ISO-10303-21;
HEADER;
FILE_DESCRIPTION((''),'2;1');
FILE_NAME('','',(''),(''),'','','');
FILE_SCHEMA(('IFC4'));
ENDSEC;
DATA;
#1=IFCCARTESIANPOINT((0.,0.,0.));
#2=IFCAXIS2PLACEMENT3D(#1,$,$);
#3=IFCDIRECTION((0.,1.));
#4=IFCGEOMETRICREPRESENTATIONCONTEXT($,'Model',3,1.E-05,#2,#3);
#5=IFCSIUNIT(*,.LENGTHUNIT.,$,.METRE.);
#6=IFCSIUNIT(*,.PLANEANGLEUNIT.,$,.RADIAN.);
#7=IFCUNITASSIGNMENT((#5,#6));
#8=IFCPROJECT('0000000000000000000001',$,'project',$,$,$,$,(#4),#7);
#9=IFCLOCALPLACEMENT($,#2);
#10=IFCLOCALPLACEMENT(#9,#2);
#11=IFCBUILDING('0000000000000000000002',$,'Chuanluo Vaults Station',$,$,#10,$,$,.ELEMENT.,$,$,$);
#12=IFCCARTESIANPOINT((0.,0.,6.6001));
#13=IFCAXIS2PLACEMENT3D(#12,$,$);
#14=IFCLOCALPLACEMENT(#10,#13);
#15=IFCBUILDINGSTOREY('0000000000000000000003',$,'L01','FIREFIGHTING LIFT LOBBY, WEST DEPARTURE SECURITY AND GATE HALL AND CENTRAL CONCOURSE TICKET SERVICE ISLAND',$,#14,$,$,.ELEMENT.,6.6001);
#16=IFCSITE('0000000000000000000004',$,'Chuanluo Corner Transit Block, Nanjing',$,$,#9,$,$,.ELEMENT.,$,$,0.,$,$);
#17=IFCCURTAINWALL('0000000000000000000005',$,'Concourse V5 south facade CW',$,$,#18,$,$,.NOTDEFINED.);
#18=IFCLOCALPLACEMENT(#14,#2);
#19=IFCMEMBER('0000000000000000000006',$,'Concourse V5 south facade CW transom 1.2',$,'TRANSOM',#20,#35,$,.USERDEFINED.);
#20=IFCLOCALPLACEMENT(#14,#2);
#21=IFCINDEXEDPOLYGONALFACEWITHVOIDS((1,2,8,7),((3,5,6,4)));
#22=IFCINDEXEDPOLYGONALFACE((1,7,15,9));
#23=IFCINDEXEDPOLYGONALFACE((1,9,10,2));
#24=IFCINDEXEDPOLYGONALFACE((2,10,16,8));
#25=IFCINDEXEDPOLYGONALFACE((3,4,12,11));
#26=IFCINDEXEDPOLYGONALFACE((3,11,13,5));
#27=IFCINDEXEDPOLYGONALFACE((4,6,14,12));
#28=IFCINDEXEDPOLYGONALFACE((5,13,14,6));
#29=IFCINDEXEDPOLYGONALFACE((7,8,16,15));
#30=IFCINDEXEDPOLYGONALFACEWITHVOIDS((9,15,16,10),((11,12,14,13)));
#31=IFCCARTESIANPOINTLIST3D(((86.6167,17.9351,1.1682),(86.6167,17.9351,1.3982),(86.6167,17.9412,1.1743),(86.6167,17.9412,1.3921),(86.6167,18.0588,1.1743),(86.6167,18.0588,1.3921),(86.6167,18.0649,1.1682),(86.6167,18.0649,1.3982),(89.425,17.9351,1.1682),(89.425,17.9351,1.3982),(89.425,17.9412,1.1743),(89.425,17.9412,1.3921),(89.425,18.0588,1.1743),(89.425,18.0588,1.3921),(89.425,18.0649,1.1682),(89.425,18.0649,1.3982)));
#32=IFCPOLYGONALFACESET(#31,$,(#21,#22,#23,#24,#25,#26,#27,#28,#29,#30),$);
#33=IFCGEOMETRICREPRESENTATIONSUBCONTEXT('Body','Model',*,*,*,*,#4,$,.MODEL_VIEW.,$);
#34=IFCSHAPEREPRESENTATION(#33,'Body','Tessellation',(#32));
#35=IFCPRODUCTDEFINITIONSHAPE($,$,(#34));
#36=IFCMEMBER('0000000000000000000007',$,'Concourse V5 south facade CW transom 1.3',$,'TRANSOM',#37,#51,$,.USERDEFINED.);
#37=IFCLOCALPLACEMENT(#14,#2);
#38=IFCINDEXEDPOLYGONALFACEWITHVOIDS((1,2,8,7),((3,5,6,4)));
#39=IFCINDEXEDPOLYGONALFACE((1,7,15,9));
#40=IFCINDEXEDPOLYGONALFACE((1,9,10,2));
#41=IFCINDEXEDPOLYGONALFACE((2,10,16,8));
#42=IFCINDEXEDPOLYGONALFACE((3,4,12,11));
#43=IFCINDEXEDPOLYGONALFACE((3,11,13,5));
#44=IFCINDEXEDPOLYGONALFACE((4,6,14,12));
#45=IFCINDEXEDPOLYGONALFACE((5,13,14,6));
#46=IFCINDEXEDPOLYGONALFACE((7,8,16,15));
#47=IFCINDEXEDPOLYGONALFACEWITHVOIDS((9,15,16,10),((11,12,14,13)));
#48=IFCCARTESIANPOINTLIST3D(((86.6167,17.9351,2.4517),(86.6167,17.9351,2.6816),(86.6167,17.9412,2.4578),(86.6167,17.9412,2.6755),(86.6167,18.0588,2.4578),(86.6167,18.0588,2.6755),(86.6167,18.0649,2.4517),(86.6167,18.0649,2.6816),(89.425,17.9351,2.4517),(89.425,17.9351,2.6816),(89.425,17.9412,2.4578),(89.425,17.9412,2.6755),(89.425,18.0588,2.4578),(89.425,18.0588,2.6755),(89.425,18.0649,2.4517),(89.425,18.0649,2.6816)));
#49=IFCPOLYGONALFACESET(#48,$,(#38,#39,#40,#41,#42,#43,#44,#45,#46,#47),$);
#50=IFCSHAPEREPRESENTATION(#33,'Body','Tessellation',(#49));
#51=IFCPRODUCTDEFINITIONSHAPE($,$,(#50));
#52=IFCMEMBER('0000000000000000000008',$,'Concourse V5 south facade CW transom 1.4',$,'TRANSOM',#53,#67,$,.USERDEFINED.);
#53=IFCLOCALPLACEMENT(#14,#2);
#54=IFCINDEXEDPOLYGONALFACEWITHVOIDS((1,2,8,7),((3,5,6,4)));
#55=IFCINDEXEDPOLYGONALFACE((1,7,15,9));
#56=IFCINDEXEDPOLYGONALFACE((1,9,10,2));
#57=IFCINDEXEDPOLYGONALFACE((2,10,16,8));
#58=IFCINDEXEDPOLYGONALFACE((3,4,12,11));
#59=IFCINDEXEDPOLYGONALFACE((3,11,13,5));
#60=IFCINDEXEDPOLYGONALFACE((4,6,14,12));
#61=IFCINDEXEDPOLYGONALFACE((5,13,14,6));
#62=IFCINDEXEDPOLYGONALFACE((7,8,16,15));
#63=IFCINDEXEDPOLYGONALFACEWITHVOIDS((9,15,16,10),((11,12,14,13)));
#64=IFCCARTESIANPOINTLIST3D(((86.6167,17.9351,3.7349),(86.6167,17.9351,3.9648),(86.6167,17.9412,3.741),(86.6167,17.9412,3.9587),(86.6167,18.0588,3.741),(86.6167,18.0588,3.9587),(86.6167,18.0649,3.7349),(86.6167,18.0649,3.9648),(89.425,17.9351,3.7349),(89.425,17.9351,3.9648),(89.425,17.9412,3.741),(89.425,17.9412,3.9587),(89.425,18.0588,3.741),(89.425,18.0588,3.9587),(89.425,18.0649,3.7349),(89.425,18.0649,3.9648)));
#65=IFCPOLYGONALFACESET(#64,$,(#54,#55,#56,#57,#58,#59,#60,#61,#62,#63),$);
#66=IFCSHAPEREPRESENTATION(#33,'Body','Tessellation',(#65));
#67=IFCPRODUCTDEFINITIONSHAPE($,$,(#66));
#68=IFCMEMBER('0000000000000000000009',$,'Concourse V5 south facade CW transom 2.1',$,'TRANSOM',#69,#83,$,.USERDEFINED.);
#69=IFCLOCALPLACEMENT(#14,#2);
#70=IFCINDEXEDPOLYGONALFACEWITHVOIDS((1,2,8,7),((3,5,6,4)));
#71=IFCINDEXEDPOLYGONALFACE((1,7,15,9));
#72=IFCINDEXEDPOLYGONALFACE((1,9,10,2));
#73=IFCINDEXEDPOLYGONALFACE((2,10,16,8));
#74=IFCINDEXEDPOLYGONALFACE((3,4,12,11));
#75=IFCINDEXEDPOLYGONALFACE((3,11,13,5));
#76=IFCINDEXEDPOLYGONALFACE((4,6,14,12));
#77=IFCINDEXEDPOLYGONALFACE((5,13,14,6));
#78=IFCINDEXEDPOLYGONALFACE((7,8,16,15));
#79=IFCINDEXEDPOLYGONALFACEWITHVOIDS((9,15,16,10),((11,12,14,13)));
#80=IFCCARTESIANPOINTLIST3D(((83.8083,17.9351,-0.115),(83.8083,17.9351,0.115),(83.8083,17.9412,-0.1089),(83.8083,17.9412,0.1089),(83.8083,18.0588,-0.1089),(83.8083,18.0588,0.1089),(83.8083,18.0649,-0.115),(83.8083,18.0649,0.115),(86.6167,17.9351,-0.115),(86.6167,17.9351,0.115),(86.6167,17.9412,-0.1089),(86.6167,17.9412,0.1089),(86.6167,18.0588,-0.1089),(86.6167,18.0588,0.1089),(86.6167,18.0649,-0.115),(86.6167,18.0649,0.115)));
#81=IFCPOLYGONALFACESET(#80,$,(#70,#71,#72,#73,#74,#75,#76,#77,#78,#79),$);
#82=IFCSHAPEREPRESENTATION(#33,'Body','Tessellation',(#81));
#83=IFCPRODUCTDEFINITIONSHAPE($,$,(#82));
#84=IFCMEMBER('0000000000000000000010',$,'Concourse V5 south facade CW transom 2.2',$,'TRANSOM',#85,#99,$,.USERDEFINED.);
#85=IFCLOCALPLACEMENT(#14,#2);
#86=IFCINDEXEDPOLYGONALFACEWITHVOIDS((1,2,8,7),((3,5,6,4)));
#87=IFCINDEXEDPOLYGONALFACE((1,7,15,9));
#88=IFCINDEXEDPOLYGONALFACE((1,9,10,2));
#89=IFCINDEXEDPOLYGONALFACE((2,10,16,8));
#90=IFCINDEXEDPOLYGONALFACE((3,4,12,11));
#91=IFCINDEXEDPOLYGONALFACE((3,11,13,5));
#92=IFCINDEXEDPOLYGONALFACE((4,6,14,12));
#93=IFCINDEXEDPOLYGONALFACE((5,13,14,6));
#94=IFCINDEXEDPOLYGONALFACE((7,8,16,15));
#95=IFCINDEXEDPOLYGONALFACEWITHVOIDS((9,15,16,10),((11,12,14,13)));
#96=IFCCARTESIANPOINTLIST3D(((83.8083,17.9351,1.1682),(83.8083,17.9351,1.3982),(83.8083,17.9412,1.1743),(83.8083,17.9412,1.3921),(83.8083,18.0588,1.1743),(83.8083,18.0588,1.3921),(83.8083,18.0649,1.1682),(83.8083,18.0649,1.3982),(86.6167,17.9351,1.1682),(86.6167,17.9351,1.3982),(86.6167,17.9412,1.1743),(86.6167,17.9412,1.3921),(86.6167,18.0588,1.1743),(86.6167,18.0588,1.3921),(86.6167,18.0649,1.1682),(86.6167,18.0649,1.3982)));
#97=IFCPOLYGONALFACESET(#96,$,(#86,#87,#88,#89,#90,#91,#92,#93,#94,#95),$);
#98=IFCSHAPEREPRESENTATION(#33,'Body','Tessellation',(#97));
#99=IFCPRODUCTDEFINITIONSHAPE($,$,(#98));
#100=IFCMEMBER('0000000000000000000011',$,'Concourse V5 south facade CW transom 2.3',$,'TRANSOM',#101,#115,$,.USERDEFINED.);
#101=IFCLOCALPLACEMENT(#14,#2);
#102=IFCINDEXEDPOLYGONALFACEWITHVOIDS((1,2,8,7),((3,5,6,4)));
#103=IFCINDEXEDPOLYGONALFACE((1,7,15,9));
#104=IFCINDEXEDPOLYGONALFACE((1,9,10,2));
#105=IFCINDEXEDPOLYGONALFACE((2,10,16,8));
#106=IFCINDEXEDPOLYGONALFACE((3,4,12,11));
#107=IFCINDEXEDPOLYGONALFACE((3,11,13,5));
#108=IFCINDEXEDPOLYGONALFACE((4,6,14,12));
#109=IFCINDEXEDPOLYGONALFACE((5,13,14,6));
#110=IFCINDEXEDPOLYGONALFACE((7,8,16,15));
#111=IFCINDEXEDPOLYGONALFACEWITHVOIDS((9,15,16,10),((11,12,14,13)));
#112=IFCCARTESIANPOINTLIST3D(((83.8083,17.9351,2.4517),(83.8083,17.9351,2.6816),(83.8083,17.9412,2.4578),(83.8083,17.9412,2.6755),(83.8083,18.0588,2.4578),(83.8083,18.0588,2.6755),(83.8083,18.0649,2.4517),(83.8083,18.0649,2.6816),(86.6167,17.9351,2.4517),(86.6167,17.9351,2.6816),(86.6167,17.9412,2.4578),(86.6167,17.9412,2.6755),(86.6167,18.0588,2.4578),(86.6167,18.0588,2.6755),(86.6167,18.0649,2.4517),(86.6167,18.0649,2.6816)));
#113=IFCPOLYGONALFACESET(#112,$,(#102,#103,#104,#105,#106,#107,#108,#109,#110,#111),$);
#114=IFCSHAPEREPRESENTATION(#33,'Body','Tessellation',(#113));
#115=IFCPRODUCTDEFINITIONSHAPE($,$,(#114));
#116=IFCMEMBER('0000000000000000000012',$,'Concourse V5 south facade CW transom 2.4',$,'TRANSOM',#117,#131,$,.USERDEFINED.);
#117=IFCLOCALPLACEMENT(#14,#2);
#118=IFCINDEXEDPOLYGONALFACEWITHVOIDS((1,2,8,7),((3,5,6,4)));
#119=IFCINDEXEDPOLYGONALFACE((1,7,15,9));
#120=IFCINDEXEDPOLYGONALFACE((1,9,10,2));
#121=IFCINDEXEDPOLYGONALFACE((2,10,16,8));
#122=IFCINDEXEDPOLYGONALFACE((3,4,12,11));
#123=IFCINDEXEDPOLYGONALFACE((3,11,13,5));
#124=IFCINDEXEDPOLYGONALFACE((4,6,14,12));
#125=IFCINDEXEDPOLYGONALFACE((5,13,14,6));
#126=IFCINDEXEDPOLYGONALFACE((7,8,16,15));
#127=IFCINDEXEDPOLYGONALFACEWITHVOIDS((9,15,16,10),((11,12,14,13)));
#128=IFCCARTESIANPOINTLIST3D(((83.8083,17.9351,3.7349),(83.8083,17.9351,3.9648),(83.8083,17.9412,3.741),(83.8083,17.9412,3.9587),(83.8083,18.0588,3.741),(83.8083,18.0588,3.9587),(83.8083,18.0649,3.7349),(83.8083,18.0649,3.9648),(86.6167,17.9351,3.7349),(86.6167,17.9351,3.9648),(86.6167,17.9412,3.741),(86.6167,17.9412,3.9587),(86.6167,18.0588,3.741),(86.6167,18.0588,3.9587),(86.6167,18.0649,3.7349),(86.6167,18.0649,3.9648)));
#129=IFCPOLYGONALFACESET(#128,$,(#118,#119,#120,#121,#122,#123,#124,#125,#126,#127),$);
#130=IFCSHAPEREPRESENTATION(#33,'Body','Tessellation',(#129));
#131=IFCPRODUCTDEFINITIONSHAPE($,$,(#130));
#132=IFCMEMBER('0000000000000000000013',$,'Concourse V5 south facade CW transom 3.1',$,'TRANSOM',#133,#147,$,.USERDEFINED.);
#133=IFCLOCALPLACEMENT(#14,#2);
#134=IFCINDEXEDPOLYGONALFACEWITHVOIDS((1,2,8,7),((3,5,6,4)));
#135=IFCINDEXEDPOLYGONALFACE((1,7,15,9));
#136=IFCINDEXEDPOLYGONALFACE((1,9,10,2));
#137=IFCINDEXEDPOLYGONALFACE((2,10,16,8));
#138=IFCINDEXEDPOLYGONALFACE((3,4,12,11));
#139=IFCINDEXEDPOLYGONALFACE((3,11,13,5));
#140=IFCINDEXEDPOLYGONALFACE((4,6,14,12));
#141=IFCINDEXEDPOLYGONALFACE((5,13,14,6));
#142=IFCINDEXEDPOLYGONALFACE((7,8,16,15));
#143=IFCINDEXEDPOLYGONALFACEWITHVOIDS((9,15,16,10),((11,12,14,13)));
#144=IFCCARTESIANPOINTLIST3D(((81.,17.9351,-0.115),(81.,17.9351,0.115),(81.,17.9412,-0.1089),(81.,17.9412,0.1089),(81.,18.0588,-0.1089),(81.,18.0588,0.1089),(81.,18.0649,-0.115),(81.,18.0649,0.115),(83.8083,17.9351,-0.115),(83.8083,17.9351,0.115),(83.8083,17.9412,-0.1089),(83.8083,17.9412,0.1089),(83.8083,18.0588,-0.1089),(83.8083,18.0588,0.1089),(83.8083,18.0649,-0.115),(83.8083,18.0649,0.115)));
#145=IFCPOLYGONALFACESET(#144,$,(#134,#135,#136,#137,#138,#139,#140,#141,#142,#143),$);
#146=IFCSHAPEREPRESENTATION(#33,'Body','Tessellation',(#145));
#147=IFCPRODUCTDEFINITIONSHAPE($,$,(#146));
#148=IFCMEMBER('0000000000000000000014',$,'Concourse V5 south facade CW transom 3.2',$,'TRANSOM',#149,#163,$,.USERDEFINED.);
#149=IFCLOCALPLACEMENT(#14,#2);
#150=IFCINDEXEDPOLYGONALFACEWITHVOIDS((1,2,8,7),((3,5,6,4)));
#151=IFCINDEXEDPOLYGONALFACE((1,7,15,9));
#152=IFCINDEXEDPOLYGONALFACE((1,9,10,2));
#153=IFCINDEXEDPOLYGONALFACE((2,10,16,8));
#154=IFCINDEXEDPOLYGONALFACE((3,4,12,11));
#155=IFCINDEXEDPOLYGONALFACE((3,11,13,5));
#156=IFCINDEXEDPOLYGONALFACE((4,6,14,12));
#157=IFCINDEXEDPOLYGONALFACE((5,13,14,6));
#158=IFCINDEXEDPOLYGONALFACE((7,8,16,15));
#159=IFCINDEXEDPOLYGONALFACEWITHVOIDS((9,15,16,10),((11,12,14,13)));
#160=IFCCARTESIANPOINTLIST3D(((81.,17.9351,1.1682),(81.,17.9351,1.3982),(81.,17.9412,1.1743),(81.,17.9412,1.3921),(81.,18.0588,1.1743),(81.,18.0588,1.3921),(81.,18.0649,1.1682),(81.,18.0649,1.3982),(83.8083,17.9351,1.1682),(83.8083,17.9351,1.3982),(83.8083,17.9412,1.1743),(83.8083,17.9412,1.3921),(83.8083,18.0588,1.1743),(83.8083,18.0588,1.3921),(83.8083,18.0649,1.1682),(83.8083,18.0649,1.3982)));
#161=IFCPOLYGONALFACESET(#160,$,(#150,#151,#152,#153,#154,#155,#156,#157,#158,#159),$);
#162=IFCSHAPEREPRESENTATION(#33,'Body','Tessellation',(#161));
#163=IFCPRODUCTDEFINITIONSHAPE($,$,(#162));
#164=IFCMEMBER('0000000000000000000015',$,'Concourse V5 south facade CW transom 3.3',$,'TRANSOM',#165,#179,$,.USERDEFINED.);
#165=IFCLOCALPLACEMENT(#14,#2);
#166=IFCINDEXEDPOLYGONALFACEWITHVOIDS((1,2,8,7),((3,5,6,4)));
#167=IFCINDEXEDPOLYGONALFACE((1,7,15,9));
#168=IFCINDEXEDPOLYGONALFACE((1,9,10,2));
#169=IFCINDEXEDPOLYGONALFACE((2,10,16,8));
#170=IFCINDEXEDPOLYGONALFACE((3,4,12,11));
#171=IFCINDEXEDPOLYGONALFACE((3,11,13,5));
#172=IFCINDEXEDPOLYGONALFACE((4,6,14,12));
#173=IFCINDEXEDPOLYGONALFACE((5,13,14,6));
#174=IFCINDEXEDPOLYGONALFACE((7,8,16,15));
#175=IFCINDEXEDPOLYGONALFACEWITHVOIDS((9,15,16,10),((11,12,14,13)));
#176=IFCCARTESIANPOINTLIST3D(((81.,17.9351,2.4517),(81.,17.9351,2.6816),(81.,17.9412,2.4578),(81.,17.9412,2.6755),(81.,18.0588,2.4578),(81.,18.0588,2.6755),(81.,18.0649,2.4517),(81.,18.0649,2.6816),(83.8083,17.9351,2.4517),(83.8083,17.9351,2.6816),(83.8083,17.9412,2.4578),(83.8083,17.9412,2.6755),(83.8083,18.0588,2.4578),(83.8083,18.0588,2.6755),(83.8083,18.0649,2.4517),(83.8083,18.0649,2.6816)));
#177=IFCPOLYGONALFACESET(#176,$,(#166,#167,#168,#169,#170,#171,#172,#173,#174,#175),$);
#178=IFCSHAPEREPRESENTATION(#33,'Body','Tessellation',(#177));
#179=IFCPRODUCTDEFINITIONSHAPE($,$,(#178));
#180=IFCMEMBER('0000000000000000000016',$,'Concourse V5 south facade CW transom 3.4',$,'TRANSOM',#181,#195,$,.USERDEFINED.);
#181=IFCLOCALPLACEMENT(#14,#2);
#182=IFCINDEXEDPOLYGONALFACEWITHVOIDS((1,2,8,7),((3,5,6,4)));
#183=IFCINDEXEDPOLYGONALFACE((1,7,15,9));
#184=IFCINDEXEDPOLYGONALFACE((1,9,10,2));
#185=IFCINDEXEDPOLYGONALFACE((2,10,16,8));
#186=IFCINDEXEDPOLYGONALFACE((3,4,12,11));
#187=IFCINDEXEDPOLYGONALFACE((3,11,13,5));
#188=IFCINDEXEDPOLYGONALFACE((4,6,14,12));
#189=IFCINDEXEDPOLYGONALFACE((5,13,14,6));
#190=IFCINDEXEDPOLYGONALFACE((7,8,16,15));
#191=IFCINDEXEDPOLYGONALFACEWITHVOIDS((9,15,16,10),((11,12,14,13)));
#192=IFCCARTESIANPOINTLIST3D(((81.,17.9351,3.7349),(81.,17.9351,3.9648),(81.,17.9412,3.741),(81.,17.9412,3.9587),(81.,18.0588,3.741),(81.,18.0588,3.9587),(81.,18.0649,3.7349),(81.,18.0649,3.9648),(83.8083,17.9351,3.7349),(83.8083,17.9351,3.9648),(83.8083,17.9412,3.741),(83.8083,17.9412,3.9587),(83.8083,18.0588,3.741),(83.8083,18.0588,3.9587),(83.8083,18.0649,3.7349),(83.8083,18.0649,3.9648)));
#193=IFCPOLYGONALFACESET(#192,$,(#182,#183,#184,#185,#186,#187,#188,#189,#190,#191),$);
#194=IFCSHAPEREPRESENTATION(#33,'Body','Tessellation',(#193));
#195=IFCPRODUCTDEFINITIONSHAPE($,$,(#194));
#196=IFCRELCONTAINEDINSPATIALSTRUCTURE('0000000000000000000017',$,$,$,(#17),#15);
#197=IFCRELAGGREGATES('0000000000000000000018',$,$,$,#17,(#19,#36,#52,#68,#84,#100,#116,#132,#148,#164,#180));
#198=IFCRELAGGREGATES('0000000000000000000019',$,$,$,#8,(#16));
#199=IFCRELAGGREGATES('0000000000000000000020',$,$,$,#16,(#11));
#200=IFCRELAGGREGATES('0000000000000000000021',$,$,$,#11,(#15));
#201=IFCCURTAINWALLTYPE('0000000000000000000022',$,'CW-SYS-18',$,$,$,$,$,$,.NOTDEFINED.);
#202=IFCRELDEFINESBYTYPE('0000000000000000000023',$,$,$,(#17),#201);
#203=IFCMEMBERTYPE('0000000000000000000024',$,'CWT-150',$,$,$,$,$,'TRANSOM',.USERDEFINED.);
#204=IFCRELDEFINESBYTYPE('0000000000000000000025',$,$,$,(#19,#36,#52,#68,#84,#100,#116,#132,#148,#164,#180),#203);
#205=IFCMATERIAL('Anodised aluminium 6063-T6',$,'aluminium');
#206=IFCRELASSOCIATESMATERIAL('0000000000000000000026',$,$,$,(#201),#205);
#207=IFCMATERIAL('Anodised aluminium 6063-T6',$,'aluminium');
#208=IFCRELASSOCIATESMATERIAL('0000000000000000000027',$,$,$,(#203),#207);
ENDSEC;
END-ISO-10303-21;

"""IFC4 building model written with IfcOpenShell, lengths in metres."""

from ifc_helpers import new_model, si_unit, direction, frame, origin, origin_2d, place, context, subcontext, project, spatial, hollow_rectangle, extrude, material, material_profile, profile_set, type_object, element, aggregate, save


model = new_model("IFC4")

# Units and contexts
model_context = context("Model", 3, precision=1e-05, world=origin(), true_north=direction((0.0, 1.0)))
body_context = subcontext(model_context, "Body", "Model", "MODEL_VIEW")
ifc_project = project(units=[si_unit("LENGTHUNIT", "METRE"), si_unit("PLANEANGLEUNIT", "RADIAN")], contexts=[model_context])

# Site, building, storey
site_placement = place(None, origin())
site = spatial("IfcSite", under=ifc_project, at=site_placement, Name="Chuanluo Corner Transit Block, Nanjing", CompositionType="ELEMENT", RefElevation=0.0)
building_placement = place(site_placement, origin())
building = spatial("IfcBuilding", under=site, at=building_placement, Name="Chuanluo Vaults Station", CompositionType="ELEMENT")
storey_placement = place(building_placement, frame((0.0, 0.0, 6.6001)))
storey = spatial("IfcBuildingStorey", under=building, at=storey_placement, Name="L01", Description="FIREFIGHTING LIFT LOBBY, WEST DEPARTURE SECURITY AND GATE HALL AND CENTRAL CONCOURSE TICKET SERVICE ISLAND", CompositionType="ELEMENT", Elevation=6.6001)

# Curtain wall, members
ifc_material_1 = material(Name="Anodised aluminium 6063-T6", Category="aluminium")
curtain_wall_type_1 = type_object("IfcCurtainWallType", Name="CW-SYS-18", PredefinedType="NOTDEFINED", material=ifc_material_1)
curtain_wall_1_placement = place(storey_placement, origin())
curtain_wall_1 = element("IfcCurtainWall", 1, at=curtain_wall_1_placement, inside=storey, type_object=curtain_wall_type_1, Name="Concourse V5 south facade CW", PredefinedType="NOTDEFINED")
ifc_material_2 = material(Name="Anodised aluminium 6063-T6", Category="aluminium")
ifc_material_profile_1 = material_profile(ifc_material_2, hollow_rectangle(XDim=0.1299, YDim=0.23, WallThickness=0.0061, at=origin_2d()))
ifc_profile_set_1 = profile_set([ifc_material_profile_1], Name="Anodised aluminium 6063-T6")
member_type_1 = type_object("IfcMemberType", Name="CWT-150", ElementType="TRANSOM", PredefinedType="USERDEFINED", material=ifc_profile_set_1)
member_1_placement = place(storey_placement, frame((89.425, 18.0, 1.2832), z_axis=(-1.0, 0.0, 0.0), x_axis=(0.0, -1.0, 0.0)))
member_1 = element("IfcMember", 2, at=member_1_placement, type_object=member_type_1, Name="Concourse V5 south facade CW transom 1.2", ObjectType="TRANSOM", PredefinedType="USERDEFINED", context=body_context, shape_type="SweptSolid", body=[
    extrude(hollow_rectangle(XDim=0.1299, YDim=0.23, WallThickness=0.0061, at=origin_2d()), origin(), (0.0, 0.0, 1.0), 2.8083),
])
member_2_placement = place(storey_placement, frame((89.425, 18.0, 2.5667), z_axis=(-1.0, 0.0, 0.0), x_axis=(0.0, -1.0, 0.0)))
member_2 = element("IfcMember", 3, at=member_2_placement, type_object=member_type_1, Name="Concourse V5 south facade CW transom 1.3", ObjectType="TRANSOM", PredefinedType="USERDEFINED", context=body_context, shape_type="SweptSolid", body=[
    extrude(hollow_rectangle(XDim=0.1299, YDim=0.23, WallThickness=0.0061, at=origin_2d()), origin(), (0.0, 0.0, 1.0), 2.8083),
])
member_3_placement = place(storey_placement, frame((89.425, 18.0, 3.8499), z_axis=(-1.0, 0.0, 0.0), x_axis=(0.0, -1.0, 0.0)))
member_3 = element("IfcMember", 4, at=member_3_placement, type_object=member_type_1, Name="Concourse V5 south facade CW transom 1.4", ObjectType="TRANSOM", PredefinedType="USERDEFINED", context=body_context, shape_type="SweptSolid", body=[
    extrude(hollow_rectangle(XDim=0.1299, YDim=0.23, WallThickness=0.0061, at=origin_2d()), origin(), (0.0, 0.0, 1.0), 2.8083),
])
member_4_placement = place(storey_placement, frame((86.6167, 18.0, 0.0), z_axis=(-1.0, 0.0, 0.0), x_axis=(0.0, -1.0, 0.0)))
member_4 = element("IfcMember", 5, at=member_4_placement, type_object=member_type_1, Name="Concourse V5 south facade CW transom 2.1", ObjectType="TRANSOM", PredefinedType="USERDEFINED", context=body_context, shape_type="SweptSolid", body=[
    extrude(hollow_rectangle(XDim=0.1299, YDim=0.23, WallThickness=0.0061, at=origin_2d()), origin(), (0.0, 0.0, 1.0), 2.8083),
])
member_5_placement = place(storey_placement, frame((86.6167, 18.0, 1.2832), z_axis=(-1.0, 0.0, 0.0), x_axis=(0.0, -1.0, 0.0)))
member_5 = element("IfcMember", 6, at=member_5_placement, type_object=member_type_1, Name="Concourse V5 south facade CW transom 2.2", ObjectType="TRANSOM", PredefinedType="USERDEFINED", context=body_context, shape_type="SweptSolid", body=[
    extrude(hollow_rectangle(XDim=0.1299, YDim=0.23, WallThickness=0.0061, at=origin_2d()), origin(), (0.0, 0.0, 1.0), 2.8083),
])
member_6_placement = place(storey_placement, frame((86.6167, 18.0, 2.5667), z_axis=(-1.0, 0.0, 0.0), x_axis=(0.0, -1.0, 0.0)))
member_6 = element("IfcMember", 7, at=member_6_placement, type_object=member_type_1, Name="Concourse V5 south facade CW transom 2.3", ObjectType="TRANSOM", PredefinedType="USERDEFINED", context=body_context, shape_type="SweptSolid", body=[
    extrude(hollow_rectangle(XDim=0.1299, YDim=0.23, WallThickness=0.0061, at=origin_2d()), origin(), (0.0, 0.0, 1.0), 2.8083),
])
member_7_placement = place(storey_placement, frame((86.6167, 18.0, 3.8499), z_axis=(-1.0, 0.0, 0.0), x_axis=(0.0, -1.0, 0.0)))
member_7 = element("IfcMember", 8, at=member_7_placement, type_object=member_type_1, Name="Concourse V5 south facade CW transom 2.4", ObjectType="TRANSOM", PredefinedType="USERDEFINED", context=body_context, shape_type="SweptSolid", body=[
    extrude(hollow_rectangle(XDim=0.1299, YDim=0.23, WallThickness=0.0061, at=origin_2d()), origin(), (0.0, 0.0, 1.0), 2.8083),
])
member_8_placement = place(storey_placement, frame((83.8083, 18.0, 0.0), z_axis=(-1.0, 0.0, 0.0), x_axis=(0.0, -1.0, 0.0)))
member_8 = element("IfcMember", 9, at=member_8_placement, type_object=member_type_1, Name="Concourse V5 south facade CW transom 3.1", ObjectType="TRANSOM", PredefinedType="USERDEFINED", context=body_context, shape_type="SweptSolid", body=[
    extrude(hollow_rectangle(XDim=0.1299, YDim=0.23, WallThickness=0.0061, at=origin_2d()), origin(), (0.0, 0.0, 1.0), 2.8083),
])
member_9_placement = place(storey_placement, frame((83.8083, 18.0, 1.2832), z_axis=(-1.0, 0.0, 0.0), x_axis=(0.0, -1.0, 0.0)))
member_9 = element("IfcMember", 10, at=member_9_placement, type_object=member_type_1, Name="Concourse V5 south facade CW transom 3.2", ObjectType="TRANSOM", PredefinedType="USERDEFINED", context=body_context, shape_type="SweptSolid", body=[
    extrude(hollow_rectangle(XDim=0.1299, YDim=0.23, WallThickness=0.0061, at=origin_2d()), origin(), (0.0, 0.0, 1.0), 2.8083),
])
member_10_placement = place(storey_placement, frame((83.8083, 18.0, 2.5667), z_axis=(-1.0, 0.0, 0.0), x_axis=(0.0, -1.0, 0.0)))
member_10 = element("IfcMember", 11, at=member_10_placement, type_object=member_type_1, Name="Concourse V5 south facade CW transom 3.3", ObjectType="TRANSOM", PredefinedType="USERDEFINED", context=body_context, shape_type="SweptSolid", body=[
    extrude(hollow_rectangle(XDim=0.1299, YDim=0.23, WallThickness=0.0061, at=origin_2d()), origin(), (0.0, 0.0, 1.0), 2.8083),
])
member_11_placement = place(storey_placement, frame((83.8083, 18.0, 3.8499), z_axis=(-1.0, 0.0, 0.0), x_axis=(0.0, -1.0, 0.0)))
member_11 = element("IfcMember", 12, at=member_11_placement, type_object=member_type_1, Name="Concourse V5 south facade CW transom 3.4", ObjectType="TRANSOM", PredefinedType="USERDEFINED", context=body_context, shape_type="SweptSolid", body=[
    extrude(hollow_rectangle(XDim=0.1299, YDim=0.23, WallThickness=0.0061, at=origin_2d()), origin(), (0.0, 0.0, 1.0), 2.8083),
])

aggregate(curtain_wall_1, [member_1, member_2, member_3, member_4, member_5, member_6, member_7, member_8, member_9, member_10, member_11])

save(model, "model.ifc")
